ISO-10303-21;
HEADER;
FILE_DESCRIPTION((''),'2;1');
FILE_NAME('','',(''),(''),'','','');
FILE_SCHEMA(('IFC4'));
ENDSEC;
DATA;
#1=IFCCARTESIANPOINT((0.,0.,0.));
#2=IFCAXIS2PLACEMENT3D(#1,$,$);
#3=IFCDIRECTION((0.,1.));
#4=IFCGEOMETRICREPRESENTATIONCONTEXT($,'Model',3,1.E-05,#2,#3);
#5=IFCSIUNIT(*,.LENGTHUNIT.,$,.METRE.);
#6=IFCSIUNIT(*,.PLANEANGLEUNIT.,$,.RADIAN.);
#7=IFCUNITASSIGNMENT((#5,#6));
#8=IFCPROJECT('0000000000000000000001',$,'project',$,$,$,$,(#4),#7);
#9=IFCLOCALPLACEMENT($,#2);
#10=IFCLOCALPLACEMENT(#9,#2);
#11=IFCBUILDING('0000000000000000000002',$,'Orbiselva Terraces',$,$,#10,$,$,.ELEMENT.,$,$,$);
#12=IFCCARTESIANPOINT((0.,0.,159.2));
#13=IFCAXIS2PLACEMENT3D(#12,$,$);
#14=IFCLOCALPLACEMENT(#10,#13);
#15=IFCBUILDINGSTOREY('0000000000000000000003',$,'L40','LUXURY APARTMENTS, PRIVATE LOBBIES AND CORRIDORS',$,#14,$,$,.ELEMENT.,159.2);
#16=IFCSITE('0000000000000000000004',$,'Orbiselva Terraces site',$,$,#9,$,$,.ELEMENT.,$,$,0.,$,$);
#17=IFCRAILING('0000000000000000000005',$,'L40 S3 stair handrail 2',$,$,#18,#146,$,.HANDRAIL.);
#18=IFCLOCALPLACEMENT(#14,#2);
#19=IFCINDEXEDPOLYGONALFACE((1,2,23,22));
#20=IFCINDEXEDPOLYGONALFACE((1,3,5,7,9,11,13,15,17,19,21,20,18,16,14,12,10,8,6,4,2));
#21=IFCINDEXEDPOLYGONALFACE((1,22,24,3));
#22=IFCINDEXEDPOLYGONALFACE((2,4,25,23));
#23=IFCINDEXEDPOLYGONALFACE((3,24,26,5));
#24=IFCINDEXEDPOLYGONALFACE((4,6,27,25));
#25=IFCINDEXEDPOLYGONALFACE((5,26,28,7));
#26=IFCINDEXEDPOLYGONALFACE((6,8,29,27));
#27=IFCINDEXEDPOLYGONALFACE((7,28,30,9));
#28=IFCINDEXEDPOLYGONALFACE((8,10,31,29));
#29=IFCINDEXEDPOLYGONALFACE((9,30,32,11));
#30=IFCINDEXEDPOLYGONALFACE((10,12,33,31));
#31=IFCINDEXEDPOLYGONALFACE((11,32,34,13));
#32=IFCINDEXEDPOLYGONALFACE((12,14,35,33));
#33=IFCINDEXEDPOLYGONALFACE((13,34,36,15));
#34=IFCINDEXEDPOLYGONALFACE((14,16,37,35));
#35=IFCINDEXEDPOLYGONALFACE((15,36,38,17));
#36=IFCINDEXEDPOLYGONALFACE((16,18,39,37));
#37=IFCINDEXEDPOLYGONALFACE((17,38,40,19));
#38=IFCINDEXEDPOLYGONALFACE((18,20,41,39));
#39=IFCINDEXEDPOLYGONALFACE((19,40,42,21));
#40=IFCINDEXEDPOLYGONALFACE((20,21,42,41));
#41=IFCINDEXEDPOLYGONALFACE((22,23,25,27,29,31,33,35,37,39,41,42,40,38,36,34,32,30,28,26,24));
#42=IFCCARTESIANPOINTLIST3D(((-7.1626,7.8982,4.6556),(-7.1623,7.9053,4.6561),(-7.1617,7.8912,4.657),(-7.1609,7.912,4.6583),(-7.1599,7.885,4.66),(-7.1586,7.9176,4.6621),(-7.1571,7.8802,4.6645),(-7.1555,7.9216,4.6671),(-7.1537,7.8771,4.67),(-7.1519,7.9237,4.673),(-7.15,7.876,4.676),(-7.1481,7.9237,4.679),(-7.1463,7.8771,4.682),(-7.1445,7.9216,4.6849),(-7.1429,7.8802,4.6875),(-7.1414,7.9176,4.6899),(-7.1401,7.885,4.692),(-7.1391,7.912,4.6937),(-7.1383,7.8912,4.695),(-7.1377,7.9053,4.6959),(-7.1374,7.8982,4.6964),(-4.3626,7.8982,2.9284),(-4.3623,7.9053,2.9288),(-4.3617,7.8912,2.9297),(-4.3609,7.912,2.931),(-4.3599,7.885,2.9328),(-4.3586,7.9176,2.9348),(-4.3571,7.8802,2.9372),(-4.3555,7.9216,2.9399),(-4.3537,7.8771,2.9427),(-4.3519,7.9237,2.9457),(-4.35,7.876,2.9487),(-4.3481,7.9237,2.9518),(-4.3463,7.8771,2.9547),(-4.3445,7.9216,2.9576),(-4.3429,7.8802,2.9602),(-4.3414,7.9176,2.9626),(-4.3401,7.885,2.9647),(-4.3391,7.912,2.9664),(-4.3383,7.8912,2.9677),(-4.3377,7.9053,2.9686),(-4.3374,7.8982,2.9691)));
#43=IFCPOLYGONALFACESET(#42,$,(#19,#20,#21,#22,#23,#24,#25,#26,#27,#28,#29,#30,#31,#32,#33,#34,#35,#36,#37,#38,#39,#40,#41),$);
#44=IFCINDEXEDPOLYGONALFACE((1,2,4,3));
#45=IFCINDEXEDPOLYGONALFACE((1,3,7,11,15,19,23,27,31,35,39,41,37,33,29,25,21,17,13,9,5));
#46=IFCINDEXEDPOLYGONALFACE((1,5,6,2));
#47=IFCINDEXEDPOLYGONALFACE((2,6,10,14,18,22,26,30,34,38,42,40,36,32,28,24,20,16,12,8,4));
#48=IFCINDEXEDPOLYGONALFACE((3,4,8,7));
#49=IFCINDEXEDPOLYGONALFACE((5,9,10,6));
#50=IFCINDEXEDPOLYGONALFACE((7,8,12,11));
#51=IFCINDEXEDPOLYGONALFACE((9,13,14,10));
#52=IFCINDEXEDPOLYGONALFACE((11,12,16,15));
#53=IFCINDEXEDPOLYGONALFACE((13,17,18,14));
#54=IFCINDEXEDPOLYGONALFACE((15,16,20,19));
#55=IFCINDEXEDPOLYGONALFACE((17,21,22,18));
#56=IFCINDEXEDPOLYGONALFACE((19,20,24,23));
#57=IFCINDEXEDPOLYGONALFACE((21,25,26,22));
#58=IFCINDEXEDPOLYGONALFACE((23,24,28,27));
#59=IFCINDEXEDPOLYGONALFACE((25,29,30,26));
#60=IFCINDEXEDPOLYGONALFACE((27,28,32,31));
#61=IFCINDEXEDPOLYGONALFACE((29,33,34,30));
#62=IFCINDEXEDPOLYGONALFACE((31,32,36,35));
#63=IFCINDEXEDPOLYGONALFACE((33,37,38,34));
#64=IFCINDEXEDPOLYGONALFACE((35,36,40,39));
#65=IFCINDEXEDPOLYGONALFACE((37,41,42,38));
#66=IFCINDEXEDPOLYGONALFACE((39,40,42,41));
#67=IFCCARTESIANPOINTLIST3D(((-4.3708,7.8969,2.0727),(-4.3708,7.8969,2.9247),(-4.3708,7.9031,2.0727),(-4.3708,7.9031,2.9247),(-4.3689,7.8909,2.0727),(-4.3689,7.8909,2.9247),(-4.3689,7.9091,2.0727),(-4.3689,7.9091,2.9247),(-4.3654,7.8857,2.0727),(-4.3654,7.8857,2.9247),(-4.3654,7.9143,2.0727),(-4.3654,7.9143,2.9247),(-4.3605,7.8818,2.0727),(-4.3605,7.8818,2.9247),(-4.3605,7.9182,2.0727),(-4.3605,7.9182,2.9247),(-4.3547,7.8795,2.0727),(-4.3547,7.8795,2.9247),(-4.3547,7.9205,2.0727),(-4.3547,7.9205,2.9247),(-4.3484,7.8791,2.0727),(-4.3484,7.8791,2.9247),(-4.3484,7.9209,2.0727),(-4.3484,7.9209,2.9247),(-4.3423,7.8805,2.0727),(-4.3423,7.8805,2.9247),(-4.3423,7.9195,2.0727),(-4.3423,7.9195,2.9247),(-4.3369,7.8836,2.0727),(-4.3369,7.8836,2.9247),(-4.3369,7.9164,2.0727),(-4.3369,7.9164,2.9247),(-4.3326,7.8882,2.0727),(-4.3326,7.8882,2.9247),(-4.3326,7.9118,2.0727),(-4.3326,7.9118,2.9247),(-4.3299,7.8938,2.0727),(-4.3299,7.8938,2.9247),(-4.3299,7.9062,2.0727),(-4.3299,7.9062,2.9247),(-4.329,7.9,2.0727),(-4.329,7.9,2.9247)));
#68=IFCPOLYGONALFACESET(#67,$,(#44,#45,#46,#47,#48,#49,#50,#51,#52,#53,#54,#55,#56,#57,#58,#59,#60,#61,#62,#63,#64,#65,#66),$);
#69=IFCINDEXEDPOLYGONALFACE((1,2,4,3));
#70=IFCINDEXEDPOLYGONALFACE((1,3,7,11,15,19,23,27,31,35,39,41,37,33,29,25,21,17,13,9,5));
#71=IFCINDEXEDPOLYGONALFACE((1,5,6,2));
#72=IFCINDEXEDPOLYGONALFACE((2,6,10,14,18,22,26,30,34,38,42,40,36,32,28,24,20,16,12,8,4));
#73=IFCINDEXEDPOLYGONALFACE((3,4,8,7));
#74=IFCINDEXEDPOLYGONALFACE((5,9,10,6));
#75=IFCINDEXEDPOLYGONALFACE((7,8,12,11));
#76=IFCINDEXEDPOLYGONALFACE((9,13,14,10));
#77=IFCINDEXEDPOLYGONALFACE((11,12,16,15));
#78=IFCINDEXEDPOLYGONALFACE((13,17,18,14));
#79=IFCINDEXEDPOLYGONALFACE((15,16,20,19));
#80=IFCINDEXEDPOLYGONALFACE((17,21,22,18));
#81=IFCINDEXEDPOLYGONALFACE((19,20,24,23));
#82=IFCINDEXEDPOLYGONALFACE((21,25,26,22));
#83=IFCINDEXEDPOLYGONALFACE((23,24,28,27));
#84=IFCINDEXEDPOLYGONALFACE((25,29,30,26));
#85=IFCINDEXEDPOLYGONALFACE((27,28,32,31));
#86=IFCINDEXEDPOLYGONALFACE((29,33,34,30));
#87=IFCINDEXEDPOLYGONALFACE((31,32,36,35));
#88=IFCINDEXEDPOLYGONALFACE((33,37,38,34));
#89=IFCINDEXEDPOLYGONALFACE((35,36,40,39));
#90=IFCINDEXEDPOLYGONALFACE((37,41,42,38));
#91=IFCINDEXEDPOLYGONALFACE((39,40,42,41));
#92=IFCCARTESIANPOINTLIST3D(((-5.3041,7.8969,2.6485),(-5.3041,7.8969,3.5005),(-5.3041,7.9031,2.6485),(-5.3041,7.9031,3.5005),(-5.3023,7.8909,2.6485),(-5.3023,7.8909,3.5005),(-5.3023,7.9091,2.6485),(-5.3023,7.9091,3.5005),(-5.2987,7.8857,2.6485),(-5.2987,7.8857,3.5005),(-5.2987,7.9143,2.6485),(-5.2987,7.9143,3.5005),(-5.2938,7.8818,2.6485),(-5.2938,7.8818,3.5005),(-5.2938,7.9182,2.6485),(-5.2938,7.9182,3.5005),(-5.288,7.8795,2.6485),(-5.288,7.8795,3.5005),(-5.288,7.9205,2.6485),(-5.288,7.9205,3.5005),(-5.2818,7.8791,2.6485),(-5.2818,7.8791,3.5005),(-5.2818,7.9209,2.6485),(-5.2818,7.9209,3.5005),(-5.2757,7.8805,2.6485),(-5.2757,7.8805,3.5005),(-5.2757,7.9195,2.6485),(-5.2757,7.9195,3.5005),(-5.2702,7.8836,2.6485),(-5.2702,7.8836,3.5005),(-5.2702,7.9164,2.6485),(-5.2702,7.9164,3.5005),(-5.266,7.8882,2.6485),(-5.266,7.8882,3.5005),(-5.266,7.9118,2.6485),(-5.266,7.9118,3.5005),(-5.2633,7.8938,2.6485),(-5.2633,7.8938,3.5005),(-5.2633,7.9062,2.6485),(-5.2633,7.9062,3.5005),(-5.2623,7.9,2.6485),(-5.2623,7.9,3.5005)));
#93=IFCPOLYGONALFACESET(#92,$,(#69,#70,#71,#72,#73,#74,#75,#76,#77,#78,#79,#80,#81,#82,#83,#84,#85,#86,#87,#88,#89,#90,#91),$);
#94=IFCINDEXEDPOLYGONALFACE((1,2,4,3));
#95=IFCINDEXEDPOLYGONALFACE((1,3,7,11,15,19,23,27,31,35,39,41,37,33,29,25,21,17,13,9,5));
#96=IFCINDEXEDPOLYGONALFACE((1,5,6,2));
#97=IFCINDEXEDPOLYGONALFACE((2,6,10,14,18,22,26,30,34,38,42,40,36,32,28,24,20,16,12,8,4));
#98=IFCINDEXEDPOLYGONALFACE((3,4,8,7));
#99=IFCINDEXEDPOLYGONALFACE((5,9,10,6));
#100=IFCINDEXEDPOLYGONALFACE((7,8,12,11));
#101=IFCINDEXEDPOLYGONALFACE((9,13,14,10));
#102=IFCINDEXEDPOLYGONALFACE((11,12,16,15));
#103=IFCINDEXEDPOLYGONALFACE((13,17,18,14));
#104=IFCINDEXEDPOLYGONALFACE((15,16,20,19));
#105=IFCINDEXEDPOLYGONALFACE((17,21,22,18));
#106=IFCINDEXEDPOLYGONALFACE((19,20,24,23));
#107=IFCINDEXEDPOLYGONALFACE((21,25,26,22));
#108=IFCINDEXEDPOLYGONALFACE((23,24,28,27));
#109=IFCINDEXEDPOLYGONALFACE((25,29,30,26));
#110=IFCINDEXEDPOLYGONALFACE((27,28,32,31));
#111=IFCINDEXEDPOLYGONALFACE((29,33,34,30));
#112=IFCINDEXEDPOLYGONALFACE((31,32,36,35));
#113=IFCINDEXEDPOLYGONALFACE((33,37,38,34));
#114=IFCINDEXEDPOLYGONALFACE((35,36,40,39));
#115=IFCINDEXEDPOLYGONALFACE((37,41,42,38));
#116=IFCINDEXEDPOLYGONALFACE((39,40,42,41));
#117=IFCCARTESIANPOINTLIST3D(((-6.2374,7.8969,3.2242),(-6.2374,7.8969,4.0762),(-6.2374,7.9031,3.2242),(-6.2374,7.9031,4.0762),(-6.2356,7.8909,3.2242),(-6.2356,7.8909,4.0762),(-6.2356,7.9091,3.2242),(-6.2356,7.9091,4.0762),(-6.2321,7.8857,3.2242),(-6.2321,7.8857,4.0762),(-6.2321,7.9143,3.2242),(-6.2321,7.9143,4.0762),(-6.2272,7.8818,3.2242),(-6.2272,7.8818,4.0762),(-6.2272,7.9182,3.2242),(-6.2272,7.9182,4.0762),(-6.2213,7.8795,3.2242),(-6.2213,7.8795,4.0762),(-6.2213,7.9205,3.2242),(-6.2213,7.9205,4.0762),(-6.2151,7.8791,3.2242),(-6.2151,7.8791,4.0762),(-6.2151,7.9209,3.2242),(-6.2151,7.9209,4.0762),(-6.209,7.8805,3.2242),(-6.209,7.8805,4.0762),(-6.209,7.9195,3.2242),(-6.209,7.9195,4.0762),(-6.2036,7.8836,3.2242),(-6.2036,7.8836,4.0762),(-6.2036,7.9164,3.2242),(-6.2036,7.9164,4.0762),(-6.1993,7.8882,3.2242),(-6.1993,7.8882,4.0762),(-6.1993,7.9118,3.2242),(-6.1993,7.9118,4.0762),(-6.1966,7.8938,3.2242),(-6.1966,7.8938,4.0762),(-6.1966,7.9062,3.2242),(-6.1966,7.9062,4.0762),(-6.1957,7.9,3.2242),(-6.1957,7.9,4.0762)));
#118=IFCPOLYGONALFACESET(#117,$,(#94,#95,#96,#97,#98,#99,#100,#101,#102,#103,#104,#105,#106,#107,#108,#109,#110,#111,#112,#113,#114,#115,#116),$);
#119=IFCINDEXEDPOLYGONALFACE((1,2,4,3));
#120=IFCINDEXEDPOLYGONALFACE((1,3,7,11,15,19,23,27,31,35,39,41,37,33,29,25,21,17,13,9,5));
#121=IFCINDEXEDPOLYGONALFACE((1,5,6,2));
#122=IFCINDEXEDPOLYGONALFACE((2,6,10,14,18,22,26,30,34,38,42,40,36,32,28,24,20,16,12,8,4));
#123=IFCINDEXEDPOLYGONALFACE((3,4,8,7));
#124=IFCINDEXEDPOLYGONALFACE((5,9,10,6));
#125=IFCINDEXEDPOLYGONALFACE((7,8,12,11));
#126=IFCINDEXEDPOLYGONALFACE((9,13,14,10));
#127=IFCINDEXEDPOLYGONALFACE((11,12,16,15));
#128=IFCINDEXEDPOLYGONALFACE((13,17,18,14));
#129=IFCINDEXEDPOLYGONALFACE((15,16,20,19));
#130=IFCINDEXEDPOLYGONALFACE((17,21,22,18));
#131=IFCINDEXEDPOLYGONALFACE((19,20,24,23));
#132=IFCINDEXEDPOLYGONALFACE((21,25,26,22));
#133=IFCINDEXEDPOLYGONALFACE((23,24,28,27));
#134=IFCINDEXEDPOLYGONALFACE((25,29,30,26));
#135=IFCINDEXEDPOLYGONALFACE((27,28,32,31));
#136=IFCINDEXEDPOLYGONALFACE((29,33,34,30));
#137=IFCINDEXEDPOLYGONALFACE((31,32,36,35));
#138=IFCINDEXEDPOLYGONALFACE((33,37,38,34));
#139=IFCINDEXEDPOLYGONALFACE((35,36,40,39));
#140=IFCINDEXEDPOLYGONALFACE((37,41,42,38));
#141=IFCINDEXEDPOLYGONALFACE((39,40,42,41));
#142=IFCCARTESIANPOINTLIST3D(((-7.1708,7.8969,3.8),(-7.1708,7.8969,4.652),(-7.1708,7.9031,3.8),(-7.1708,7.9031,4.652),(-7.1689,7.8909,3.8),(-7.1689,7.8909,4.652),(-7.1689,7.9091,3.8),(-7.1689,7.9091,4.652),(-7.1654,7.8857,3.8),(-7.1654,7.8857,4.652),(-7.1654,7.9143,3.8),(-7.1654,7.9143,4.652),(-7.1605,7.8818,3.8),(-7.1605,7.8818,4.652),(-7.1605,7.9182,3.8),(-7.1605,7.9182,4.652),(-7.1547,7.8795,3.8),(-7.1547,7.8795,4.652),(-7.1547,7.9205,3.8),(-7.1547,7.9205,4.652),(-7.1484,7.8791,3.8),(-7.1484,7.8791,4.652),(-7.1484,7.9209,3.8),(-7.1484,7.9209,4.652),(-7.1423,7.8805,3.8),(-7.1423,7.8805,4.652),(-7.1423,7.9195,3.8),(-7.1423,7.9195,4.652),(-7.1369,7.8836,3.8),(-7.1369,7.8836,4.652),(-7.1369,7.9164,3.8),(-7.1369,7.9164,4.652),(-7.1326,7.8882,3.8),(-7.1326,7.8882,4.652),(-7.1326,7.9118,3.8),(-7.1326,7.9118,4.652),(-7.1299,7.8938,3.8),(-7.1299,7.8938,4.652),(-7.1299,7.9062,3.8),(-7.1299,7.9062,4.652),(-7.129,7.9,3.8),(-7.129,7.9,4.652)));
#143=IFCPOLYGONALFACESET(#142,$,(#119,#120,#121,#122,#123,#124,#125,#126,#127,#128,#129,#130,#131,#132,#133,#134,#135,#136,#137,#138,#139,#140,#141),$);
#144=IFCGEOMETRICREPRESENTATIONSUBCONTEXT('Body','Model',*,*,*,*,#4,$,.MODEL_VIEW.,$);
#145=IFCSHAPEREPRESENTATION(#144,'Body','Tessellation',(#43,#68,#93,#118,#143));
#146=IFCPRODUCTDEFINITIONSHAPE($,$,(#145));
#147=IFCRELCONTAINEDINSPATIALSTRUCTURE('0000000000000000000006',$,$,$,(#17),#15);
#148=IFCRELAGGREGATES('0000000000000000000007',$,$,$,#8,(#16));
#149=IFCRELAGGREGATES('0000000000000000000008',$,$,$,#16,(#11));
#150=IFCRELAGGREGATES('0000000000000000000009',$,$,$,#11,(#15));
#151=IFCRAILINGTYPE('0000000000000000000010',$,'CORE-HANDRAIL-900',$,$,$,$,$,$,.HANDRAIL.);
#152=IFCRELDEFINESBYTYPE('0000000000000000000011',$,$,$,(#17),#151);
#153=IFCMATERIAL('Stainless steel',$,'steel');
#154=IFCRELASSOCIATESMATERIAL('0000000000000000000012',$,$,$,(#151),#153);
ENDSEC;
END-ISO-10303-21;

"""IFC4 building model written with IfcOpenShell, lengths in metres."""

from ifc_helpers import new_model, si_unit, direction, frame, origin, origin_2d, place, context, subcontext, project, spatial, circle, extrude, material, type_object, element, save


model = new_model("IFC4")

# Units and contexts
model_context = context("Model", 3, precision=1e-05, world=origin(), true_north=direction((0.0, 1.0)))
body_context = subcontext(model_context, "Body", "Model", "MODEL_VIEW")
ifc_project = project(units=[si_unit("LENGTHUNIT", "METRE"), si_unit("PLANEANGLEUNIT", "RADIAN")], contexts=[model_context])

# Site, building, storey
site_placement = place(None, origin())
site = spatial("IfcSite", under=ifc_project, at=site_placement, Name="Orbiselva Terraces site", CompositionType="ELEMENT", RefElevation=0.0)
building_placement = place(site_placement, origin())
building = spatial("IfcBuilding", under=site, at=building_placement, Name="Orbiselva Terraces", CompositionType="ELEMENT")
storey_placement = place(building_placement, frame((0.0, 0.0, 159.2)))
storey = spatial("IfcBuildingStorey", under=building, at=storey_placement, Name="L40", Description="LUXURY APARTMENTS, PRIVATE LOBBIES AND CORRIDORS", CompositionType="ELEMENT", Elevation=159.2)

# Railing
ifc_material_1 = material(Name="Stainless steel", Category="steel")
railing_type_1 = type_object("IfcRailingType", Name="CORE-HANDRAIL-900", PredefinedType="HANDRAIL", material=ifc_material_1)
railing_1_placement = place(storey_placement, frame((-4.35, 7.9, 2.0727)))
element("IfcRailing", 1, at=railing_1_placement, inside=storey, type_object=railing_type_1, Name="L40 S3 stair handrail 2", PredefinedType="HANDRAIL", context=body_context, shape_type="SweptSolid", body=[
    extrude(circle(Radius=0.024, at=origin_2d()), frame((0.0, 0.0, 0.876), z_axis=(-0.851089, 0.0, 0.525022), x_axis=(0.0, -1.0, 0.0)), (0.0, 0.0, 1.0), 3.2899),
    extrude(circle(Radius=0.021, at=origin_2d()), origin(), (0.0, 0.0, 1.0), 0.852),
    extrude(circle(Radius=0.021, at=origin_2d()), frame((-0.9333, 0.0, 0.5758)), (0.0, 0.0, 1.0), 0.852),
    extrude(circle(Radius=0.021, at=origin_2d()), frame((-1.8667, 0.0, 1.1515)), (0.0, 0.0, 1.0), 0.852),
    extrude(circle(Radius=0.021, at=origin_2d()), frame((-2.8, 0.0, 1.7273)), (0.0, 0.0, 1.0), 0.852),
])

save(model, "model.ifc")
